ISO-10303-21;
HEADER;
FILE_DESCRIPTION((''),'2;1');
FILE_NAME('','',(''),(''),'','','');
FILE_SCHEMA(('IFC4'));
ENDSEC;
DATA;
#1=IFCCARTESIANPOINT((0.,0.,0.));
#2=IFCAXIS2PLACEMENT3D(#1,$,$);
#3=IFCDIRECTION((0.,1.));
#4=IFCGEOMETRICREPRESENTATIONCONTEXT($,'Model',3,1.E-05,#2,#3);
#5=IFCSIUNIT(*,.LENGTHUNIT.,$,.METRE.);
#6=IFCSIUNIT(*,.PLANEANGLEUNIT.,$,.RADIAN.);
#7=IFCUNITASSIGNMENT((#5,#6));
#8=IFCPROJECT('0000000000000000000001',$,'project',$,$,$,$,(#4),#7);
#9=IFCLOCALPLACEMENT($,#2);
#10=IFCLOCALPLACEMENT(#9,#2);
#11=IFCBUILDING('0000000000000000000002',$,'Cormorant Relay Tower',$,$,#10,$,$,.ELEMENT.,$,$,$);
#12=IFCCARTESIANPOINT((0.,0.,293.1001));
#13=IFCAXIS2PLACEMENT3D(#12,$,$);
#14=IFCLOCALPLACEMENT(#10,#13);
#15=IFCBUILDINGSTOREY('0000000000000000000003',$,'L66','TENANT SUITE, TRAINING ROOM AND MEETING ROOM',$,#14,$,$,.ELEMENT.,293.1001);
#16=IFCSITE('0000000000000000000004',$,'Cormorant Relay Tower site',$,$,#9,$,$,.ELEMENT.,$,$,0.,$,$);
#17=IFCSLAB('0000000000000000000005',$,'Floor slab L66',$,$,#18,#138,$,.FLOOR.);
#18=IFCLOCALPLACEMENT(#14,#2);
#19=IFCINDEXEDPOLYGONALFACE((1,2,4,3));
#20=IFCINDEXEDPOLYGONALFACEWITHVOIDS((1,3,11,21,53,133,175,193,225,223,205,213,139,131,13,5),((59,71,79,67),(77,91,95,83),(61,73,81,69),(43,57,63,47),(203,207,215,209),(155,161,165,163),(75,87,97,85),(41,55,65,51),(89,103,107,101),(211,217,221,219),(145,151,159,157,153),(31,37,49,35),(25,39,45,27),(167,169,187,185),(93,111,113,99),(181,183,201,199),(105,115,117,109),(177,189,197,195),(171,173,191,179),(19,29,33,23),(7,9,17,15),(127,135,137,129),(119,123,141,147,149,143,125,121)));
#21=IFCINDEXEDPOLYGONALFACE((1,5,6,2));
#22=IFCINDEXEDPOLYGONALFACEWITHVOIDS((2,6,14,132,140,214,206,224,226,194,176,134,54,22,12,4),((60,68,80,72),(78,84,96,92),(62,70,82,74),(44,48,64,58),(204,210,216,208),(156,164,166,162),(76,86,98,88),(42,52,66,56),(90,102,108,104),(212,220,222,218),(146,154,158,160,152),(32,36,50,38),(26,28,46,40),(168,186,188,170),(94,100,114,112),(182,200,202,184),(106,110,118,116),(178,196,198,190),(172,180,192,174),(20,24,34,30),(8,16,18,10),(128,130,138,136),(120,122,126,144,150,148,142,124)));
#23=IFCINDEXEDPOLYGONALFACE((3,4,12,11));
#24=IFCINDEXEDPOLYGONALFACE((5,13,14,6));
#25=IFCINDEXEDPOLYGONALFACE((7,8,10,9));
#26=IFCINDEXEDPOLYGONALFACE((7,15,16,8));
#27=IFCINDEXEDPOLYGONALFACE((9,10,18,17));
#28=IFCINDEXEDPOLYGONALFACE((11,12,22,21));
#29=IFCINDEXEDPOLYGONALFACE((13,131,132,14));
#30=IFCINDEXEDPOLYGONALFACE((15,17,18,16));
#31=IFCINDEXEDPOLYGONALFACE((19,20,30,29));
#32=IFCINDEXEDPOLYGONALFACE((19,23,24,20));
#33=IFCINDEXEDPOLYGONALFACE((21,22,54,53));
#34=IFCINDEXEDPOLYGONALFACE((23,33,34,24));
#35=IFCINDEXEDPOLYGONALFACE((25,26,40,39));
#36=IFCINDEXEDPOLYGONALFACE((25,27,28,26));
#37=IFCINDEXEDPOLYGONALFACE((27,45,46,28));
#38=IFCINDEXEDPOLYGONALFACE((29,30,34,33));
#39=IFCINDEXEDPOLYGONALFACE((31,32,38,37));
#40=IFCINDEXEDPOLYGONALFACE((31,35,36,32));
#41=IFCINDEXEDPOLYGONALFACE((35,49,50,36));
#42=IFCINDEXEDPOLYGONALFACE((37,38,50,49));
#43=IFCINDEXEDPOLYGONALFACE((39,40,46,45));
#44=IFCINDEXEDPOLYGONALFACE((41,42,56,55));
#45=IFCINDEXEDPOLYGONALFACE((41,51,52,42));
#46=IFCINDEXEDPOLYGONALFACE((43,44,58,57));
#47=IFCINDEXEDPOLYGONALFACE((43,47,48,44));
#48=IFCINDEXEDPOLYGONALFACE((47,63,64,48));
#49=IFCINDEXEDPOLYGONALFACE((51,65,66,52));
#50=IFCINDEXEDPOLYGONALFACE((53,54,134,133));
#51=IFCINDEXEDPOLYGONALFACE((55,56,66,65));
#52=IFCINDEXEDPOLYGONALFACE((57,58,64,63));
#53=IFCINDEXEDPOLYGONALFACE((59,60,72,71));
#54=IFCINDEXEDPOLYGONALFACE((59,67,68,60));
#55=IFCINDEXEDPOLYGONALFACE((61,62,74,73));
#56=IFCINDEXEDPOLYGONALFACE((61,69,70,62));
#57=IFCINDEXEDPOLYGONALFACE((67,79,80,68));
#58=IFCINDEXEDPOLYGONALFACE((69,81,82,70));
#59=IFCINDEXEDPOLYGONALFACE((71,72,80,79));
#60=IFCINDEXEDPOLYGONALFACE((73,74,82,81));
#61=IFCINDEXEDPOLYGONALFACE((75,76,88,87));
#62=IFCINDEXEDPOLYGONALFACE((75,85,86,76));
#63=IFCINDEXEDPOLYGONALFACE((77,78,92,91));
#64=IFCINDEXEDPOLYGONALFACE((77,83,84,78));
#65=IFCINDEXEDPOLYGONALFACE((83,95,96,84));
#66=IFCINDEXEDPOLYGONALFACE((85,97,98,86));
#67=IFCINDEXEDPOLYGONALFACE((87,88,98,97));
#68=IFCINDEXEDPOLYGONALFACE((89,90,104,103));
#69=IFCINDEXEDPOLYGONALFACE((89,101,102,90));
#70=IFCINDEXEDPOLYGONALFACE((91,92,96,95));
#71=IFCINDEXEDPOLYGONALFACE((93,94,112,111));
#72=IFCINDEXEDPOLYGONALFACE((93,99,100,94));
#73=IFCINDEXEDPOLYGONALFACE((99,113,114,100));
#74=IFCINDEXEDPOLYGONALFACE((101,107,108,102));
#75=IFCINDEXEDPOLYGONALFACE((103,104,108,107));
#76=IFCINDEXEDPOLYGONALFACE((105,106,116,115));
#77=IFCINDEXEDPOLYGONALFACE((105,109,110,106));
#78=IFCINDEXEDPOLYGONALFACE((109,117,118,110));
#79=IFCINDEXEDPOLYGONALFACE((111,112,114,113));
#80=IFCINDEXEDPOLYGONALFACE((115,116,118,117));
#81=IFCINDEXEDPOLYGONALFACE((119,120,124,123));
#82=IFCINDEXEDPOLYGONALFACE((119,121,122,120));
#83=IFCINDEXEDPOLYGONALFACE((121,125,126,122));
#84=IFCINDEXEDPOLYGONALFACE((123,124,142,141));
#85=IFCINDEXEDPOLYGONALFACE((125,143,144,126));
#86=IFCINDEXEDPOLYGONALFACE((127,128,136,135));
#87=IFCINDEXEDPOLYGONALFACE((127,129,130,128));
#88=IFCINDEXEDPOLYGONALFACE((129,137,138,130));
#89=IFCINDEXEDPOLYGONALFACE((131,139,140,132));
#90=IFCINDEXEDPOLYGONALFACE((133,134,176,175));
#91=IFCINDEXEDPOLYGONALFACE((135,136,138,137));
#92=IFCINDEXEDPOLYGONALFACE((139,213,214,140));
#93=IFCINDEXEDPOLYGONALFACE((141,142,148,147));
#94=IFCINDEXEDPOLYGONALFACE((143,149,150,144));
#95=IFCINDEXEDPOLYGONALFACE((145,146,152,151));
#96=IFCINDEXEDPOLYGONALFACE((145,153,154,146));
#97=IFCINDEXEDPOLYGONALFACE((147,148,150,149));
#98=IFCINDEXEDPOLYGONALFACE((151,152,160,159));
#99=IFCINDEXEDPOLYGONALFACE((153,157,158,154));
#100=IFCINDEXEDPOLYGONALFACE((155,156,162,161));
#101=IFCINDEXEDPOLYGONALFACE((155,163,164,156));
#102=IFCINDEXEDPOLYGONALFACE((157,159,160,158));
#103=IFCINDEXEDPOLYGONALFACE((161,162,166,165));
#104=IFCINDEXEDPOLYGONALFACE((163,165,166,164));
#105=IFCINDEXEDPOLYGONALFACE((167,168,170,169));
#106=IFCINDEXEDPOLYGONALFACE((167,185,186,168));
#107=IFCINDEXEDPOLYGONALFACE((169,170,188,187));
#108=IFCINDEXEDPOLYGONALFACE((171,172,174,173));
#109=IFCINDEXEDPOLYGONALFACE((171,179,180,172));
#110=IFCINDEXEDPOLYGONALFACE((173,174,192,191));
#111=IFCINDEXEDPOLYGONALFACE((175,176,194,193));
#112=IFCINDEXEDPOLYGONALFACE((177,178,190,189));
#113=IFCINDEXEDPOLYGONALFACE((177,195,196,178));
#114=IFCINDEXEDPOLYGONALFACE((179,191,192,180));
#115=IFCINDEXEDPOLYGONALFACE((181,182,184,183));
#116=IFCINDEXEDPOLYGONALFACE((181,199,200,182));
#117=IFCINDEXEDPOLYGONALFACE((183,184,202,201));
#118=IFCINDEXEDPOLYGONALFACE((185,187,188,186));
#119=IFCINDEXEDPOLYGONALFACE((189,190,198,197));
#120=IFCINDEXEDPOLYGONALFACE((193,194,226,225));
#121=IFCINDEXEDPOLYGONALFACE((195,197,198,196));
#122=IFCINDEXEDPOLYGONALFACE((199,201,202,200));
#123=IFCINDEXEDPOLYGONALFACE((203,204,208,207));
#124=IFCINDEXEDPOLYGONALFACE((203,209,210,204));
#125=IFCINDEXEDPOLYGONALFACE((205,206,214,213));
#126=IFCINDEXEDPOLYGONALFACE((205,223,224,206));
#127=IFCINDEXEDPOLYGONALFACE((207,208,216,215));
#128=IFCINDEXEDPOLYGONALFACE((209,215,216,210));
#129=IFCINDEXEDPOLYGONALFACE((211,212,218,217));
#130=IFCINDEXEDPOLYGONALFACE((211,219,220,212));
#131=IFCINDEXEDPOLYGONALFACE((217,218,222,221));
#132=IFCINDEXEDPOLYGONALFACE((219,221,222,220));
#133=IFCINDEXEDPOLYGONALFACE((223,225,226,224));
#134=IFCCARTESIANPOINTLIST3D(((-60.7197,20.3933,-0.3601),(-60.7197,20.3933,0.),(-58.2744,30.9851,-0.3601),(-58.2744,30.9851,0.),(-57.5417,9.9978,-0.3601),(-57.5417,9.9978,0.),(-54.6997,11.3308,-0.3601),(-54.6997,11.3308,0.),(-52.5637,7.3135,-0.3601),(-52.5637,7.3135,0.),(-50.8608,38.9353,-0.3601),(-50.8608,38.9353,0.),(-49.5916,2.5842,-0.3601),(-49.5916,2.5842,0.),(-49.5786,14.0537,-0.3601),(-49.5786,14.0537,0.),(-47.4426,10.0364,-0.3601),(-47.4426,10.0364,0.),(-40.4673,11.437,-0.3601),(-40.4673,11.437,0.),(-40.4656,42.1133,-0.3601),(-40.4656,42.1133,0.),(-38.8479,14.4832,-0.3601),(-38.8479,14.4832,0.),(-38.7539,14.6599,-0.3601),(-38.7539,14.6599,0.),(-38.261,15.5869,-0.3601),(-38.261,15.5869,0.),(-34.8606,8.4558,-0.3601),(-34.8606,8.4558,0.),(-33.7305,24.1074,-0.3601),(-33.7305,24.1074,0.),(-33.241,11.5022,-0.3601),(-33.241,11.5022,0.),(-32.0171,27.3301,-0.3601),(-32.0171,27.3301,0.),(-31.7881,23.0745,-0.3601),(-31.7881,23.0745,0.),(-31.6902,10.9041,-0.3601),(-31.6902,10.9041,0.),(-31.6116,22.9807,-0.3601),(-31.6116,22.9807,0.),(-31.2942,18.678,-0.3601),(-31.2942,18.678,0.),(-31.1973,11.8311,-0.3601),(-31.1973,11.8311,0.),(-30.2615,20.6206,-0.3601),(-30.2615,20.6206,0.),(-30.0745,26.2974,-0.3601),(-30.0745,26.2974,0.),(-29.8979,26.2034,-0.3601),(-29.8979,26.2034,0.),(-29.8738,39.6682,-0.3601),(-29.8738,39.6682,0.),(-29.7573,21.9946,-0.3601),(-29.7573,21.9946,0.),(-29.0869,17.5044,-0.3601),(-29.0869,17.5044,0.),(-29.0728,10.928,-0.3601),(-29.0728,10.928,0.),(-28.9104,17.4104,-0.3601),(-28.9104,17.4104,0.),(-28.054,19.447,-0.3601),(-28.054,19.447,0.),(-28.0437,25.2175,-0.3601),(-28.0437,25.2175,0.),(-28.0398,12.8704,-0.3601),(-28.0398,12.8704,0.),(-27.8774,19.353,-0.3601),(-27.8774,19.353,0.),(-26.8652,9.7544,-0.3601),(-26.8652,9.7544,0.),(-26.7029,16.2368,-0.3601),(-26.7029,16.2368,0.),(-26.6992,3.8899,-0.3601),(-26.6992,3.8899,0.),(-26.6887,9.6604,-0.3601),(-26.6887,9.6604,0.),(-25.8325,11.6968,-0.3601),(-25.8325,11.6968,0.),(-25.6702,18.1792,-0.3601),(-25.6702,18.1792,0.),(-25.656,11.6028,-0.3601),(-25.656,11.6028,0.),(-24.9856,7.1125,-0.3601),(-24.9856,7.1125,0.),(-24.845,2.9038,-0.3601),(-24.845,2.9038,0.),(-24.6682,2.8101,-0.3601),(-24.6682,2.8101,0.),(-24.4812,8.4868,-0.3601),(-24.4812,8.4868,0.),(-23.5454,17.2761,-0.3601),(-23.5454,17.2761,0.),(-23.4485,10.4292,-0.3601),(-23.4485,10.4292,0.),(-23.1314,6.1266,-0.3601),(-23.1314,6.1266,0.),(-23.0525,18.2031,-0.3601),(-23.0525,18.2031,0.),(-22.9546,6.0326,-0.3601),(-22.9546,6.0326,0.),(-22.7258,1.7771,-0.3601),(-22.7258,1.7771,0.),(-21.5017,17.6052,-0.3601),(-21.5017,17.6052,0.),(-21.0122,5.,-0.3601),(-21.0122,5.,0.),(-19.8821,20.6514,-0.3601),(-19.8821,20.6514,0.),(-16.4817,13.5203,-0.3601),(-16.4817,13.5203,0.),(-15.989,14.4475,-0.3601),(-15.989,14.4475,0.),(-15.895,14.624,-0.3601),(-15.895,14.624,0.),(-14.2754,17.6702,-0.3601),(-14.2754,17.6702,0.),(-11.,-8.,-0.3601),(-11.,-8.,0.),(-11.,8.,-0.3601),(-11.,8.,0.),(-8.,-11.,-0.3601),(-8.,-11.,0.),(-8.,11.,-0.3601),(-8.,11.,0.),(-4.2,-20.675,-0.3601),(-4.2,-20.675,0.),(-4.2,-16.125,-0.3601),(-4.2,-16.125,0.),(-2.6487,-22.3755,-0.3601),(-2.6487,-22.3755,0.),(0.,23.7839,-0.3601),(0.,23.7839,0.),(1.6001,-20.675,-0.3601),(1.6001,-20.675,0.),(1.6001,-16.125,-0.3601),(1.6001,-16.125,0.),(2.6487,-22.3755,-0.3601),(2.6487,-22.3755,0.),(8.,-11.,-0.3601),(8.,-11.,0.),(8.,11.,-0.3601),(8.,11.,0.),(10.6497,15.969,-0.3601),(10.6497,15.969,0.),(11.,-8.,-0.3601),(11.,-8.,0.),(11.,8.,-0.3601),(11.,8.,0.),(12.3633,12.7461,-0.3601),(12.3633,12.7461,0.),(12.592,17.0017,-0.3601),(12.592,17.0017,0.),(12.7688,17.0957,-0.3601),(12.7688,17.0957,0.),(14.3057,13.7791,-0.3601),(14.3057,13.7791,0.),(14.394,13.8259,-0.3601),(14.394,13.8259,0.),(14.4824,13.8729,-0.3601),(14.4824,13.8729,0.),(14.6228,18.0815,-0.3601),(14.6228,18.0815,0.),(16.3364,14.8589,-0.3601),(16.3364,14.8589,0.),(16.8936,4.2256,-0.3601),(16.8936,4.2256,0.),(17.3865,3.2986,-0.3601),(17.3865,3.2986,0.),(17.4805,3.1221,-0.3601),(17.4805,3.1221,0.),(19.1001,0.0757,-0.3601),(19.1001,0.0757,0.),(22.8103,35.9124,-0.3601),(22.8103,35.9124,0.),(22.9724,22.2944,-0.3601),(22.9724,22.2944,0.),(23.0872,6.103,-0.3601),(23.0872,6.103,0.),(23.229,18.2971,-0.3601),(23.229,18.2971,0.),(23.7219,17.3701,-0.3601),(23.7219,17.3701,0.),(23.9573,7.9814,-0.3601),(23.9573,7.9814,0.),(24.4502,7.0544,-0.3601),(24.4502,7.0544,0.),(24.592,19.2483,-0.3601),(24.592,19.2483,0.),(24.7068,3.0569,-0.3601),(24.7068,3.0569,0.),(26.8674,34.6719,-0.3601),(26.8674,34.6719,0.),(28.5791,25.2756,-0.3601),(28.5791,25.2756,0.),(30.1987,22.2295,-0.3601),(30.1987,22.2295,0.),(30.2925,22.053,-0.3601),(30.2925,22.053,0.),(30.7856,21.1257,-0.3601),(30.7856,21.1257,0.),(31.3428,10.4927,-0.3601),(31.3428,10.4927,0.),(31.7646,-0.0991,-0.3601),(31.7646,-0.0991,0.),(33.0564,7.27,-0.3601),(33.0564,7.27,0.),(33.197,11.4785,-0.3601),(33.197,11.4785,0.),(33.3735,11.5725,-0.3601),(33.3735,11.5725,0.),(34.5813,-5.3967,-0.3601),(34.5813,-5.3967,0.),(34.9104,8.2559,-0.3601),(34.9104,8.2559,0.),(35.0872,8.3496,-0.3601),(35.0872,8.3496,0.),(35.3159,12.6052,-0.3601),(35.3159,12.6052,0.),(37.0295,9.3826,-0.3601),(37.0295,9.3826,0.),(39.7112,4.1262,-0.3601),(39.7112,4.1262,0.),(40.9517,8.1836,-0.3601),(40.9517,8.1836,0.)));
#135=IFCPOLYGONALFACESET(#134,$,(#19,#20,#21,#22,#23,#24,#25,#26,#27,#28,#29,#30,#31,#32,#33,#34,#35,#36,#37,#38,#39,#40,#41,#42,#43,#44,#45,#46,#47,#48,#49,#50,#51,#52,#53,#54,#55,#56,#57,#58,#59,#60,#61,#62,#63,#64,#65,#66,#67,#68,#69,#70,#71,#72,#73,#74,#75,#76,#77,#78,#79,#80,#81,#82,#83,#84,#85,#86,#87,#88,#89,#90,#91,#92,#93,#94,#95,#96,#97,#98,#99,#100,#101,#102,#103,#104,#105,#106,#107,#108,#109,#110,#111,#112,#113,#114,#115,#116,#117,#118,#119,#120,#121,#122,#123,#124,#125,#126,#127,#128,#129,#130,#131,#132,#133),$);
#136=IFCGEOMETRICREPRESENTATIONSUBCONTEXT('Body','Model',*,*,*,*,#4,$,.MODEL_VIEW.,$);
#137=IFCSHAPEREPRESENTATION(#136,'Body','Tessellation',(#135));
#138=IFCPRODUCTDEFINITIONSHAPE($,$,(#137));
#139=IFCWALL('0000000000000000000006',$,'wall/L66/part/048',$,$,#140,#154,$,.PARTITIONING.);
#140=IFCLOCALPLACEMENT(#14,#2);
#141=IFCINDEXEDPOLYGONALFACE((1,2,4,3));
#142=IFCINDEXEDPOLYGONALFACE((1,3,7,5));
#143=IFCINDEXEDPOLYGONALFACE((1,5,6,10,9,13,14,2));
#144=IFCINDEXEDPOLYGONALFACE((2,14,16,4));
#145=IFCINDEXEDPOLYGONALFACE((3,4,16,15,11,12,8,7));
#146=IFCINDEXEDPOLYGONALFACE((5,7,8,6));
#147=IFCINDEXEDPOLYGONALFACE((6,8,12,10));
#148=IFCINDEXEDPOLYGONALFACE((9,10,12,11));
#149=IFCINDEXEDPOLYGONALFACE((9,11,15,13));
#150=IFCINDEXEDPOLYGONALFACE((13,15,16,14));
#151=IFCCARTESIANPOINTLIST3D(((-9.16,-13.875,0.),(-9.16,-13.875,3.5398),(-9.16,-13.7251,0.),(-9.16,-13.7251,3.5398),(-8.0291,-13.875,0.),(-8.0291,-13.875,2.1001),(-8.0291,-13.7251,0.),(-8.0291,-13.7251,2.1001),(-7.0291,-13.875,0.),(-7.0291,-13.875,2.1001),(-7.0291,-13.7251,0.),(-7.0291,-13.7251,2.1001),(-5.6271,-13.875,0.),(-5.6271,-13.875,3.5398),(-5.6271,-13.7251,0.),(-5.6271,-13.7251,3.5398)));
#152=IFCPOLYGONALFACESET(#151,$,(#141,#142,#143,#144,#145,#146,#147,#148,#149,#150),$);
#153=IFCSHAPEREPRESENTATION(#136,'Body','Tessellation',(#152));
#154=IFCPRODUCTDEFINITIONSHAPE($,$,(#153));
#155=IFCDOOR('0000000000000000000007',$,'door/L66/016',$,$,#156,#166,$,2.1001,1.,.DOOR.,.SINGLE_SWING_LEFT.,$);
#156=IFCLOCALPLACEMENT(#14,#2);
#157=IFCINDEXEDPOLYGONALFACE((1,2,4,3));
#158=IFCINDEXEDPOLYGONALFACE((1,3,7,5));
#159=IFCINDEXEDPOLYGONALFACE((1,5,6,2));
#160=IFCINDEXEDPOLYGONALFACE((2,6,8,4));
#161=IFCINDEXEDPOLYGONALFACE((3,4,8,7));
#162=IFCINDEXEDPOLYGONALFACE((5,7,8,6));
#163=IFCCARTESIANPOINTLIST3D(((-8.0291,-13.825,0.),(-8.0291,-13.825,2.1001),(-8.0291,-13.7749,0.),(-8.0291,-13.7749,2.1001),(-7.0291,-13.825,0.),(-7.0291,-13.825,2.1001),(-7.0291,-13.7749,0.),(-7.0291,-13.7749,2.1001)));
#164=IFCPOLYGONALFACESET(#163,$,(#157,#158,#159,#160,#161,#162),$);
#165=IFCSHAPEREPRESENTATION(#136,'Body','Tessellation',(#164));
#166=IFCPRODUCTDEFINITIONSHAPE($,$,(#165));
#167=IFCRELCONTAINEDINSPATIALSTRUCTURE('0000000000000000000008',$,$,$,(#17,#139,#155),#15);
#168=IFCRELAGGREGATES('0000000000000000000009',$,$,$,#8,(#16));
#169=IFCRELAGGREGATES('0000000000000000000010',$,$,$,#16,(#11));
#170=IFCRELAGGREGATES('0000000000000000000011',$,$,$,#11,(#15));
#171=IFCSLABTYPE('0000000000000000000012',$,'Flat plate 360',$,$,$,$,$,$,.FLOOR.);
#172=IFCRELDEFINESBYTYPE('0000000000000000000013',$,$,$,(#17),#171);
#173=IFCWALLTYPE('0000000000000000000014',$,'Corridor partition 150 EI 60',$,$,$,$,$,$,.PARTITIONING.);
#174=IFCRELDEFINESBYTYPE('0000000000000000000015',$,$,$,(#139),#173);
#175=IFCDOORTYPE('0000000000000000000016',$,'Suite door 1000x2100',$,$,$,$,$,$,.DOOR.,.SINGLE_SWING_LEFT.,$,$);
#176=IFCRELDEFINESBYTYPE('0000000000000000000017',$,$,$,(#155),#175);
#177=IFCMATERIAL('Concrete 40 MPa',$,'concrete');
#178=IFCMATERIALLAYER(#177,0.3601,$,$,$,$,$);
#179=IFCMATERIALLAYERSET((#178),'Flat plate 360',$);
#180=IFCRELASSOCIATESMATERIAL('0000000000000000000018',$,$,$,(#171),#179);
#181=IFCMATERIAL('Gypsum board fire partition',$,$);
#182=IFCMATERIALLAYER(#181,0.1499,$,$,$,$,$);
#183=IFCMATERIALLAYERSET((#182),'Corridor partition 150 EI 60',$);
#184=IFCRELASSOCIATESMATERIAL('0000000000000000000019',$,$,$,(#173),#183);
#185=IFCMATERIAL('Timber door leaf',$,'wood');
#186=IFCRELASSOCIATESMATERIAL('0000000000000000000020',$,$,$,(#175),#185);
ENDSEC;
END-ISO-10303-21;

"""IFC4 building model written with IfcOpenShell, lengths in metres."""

from ifc_helpers import new_model, si_unit, direction, frame, frame_2d, origin, place, context, subcontext, project, spatial, polyline, rectangle, outline, extrude, material, layer, layer_set, type_object, element, fill, save


model = new_model("IFC4")

# Units and contexts
model_context = context("Model", 3, precision=1e-05, world=origin(), true_north=direction((0.0, 1.0)))
body_context = subcontext(model_context, "Body", "Model", "MODEL_VIEW")
ifc_project = project(units=[si_unit("LENGTHUNIT", "METRE"), si_unit("PLANEANGLEUNIT", "RADIAN")], contexts=[model_context])

# Site, building, storey
site_placement = place(None, origin())
site = spatial("IfcSite", under=ifc_project, at=site_placement, Name="Cormorant Relay Tower site", CompositionType="ELEMENT", RefElevation=0.0)
building_placement = place(site_placement, origin())
building = spatial("IfcBuilding", under=site, at=building_placement, Name="Cormorant Relay Tower", CompositionType="ELEMENT")
storey_placement = place(building_placement, frame((0.0, 0.0, 293.1001)))
storey = spatial("IfcBuildingStorey", under=building, at=storey_placement, Name="L66", Description="TENANT SUITE, TRAINING ROOM AND MEETING ROOM", CompositionType="ELEMENT", Elevation=293.1001)

# Slab
ifc_material_1 = material(Name="Concrete 40 MPa", Category="concrete")
ifc_layer_1 = layer(ifc_material_1, 0.3601)
ifc_layer_set_1 = layer_set([ifc_layer_1], Name="Flat plate 360")
slab_type_1 = type_object("IfcSlabType", Name="Flat plate 360", PredefinedType="FLOOR", material=ifc_layer_set_1)
slab_1_placement = place(storey_placement, frame((0.0, 0.0, -0.3601)))
element("IfcSlab", 1, at=slab_1_placement, inside=storey, type_object=slab_type_1, Name="Floor slab L66", PredefinedType="FLOOR", context=body_context, shape_type="SweptSolid", body=[
    extrude(outline(polyline([(-60.7197, 20.3933), (-58.2744, 30.9851), (-50.8608, 38.9353), (-40.4656, 42.1133), (-29.8738, 39.6682), (0.0, 23.7839), (22.8103, 35.9124), (26.8674, 34.6719), (40.9517, 8.1836), (39.7112, 4.1262), (31.7646, -0.0991), (34.5813, -5.3967), (2.6487, -22.3755), (-2.6487, -22.3755), (-49.5916, 2.5842), (-57.5417, 9.9978), (-60.7197, 20.3933)]), holes=[polyline([(11.0, -8.0), (11.0, 8.0), (8.0, 11.0), (-8.0, 11.0), (-11.0, 8.0), (-11.0, -8.0), (-8.0, -11.0), (8.0, -11.0), (11.0, -8.0)]), polyline([(-22.9546, 6.0327), (-24.6682, 2.8101), (-22.7258, 1.7771), (-21.0122, 5.0), (-23.043, 6.0796), (-22.9546, 6.0327)]), polyline([(-24.9856, 7.1125), (-26.6992, 3.8899), (-24.845, 2.9038), (-23.1313, 6.1267), (-23.043, 6.0796), (-24.9856, 7.1125)]), polyline([(-24.4812, 8.4868), (-23.4485, 10.4292), (-25.656, 11.6028), (-26.6887, 9.6604), (-24.4812, 8.4868)]), polyline([(-49.5786, 14.0537), (-54.6997, 11.3308), (-52.5637, 7.3135), (-47.4426, 10.0364), (-49.5786, 14.0537)]), polyline([(-25.8325, 11.6968), (-28.0398, 12.8704), (-29.0728, 10.928), (-26.8652, 9.7544), (-25.8325, 11.6968)]), polyline([(-38.8479, 14.4832), (-40.4673, 11.437), (-34.8606, 8.4558), (-33.241, 11.5022), (-38.8479, 14.4832)]), polyline([(-38.261, 15.5869), (-38.7539, 14.6599), (-31.6902, 10.9041), (-31.1973, 11.8311), (-38.261, 15.5869)]), polyline([(-26.7029, 16.2368), (-25.6702, 18.1792), (-27.8774, 19.353), (-28.9104, 17.4104), (-26.7029, 16.2368)]), polyline([(-31.2942, 18.678), (-29.0869, 17.5044), (-28.054, 19.447), (-30.2615, 20.6206), (-31.2942, 18.678)]), polyline([(-31.6116, 22.9807), (-29.7573, 21.9946), (-28.0437, 25.2175), (-29.8979, 26.2034), (-31.6116, 22.9807)]), polyline([(-32.0171, 27.3301), (-33.7305, 24.1074), (-31.7881, 23.0745), (-30.0745, 26.2974), (-32.0171, 27.3301)]), polyline([(-4.2, -16.125), (-4.2, -20.675), (1.6001, -20.675), (1.6001, -16.125), (-4.2, -16.125)]), polyline([(17.4805, 3.1221), (19.1001, 0.0757), (24.7068, 3.0569), (23.0872, 6.103), (17.4805, 3.1221)]), polyline([(17.3865, 3.2986), (24.4502, 7.0544), (23.9573, 7.9814), (16.8936, 4.2256), (17.3865, 3.2986)]), polyline([(33.197, 11.4785), (31.3428, 10.4927), (33.0564, 7.27), (34.9104, 8.2559), (33.197, 11.4785)]), polyline([(33.3735, 11.5725), (35.0872, 8.3496), (37.0295, 9.3826), (35.3159, 12.6052), (33.3735, 11.5725)]), polyline([(14.3057, 13.7791), (12.592, 17.0017), (10.6497, 15.969), (12.3633, 12.7461), (14.394, 13.8259), (14.3057, 13.7791)]), polyline([(16.3364, 14.8589), (14.6228, 18.0815), (12.7688, 17.0957), (14.4824, 13.8728), (14.394, 13.8259), (16.3364, 14.8589)]), polyline([(-16.4817, 13.5203), (-15.989, 14.4475), (-23.0525, 18.2031), (-23.5454, 17.2761), (-16.4817, 13.5203)]), polyline([(-15.895, 14.624), (-14.2754, 17.6702), (-19.8821, 20.6514), (-21.5017, 17.6052), (-15.895, 14.624)]), polyline([(30.7856, 21.1257), (30.2925, 22.053), (23.229, 18.2971), (23.7219, 17.3701), (30.7856, 21.1257)]), polyline([(24.592, 19.2483), (30.1987, 22.2295), (28.5791, 25.2756), (22.9724, 22.2944), (24.592, 19.2483)])]), origin(), (0.0, 0.0, 1.0), 0.3601),
])

# Wall, opening, door
ifc_material_2 = material(Name="Gypsum board fire partition")
ifc_layer_2 = layer(ifc_material_2, 0.1499)
ifc_layer_set_2 = layer_set([ifc_layer_2], Name="Corridor partition 150 EI 60")
wall_type_1 = type_object("IfcWallType", Name="Corridor partition 150 EI 60", PredefinedType="PARTITIONING", material=ifc_layer_set_2)
wall_1_placement = place(storey_placement, frame((-5.627, -13.8, 0.0), z_axis=(0.0, 0.0, 1.0), x_axis=(-1.0, 0.0, 0.0)))
wall_1 = element("IfcWall", 2, at=wall_1_placement, inside=storey, type_object=wall_type_1, Name="wall/L66/part/048", PredefinedType="PARTITIONING", context=body_context, shape_type="SweptSolid", body=[
    extrude(rectangle(XDim=3.533, YDim=0.1499, at=frame_2d((1.7666, 0.0))), origin(), (0.0, 0.0, 1.0), 3.5398),
])
opening_1_placement = place(wall_1_placement, frame((1.4021, 0.0, 0.0)))
opening_1 = element("IfcOpeningElement", 3, at=opening_1_placement, cuts=wall_1, PredefinedType="OPENING", context=body_context, shape_type="SweptSolid", body=[
    extrude(rectangle(XDim=1.0, YDim=2.1001, at=frame_2d((0.5, 1.05))), frame((0.0, 0.085, 0.0), z_axis=(0.0, -1.0, 0.0), x_axis=(1.0, 0.0, 0.0)), (0.0, 0.0, 1.0), 0.1699),
])
ifc_material_3 = material(Name="Timber door leaf", Category="wood")
door_type_1 = type_object("IfcDoorType", Name="Suite door 1000x2100", OperationType="SINGLE_SWING_LEFT", PredefinedType="DOOR", material=ifc_material_3)
door_1_placement = place(opening_1_placement, origin())
door_1 = element("IfcDoor", 4, at=door_1_placement, inside=storey, type_object=door_type_1, Name="door/L66/016", OperationType="SINGLE_SWING_LEFT", OverallHeight=2.1001, OverallWidth=1.0, PredefinedType="DOOR", context=body_context, shape_type="SweptSolid", body=[
    extrude(rectangle(XDim=1.0, YDim=2.1001, at=frame_2d((0.5, 1.05))), frame((0.0, 0.0249, 0.0), z_axis=(0.0, -1.0, 0.0), x_axis=(1.0, 0.0, 0.0)), (0.0, 0.0, 1.0), 0.05),
])
fill(opening_1, door_1)

save(model, "model.ifc")
